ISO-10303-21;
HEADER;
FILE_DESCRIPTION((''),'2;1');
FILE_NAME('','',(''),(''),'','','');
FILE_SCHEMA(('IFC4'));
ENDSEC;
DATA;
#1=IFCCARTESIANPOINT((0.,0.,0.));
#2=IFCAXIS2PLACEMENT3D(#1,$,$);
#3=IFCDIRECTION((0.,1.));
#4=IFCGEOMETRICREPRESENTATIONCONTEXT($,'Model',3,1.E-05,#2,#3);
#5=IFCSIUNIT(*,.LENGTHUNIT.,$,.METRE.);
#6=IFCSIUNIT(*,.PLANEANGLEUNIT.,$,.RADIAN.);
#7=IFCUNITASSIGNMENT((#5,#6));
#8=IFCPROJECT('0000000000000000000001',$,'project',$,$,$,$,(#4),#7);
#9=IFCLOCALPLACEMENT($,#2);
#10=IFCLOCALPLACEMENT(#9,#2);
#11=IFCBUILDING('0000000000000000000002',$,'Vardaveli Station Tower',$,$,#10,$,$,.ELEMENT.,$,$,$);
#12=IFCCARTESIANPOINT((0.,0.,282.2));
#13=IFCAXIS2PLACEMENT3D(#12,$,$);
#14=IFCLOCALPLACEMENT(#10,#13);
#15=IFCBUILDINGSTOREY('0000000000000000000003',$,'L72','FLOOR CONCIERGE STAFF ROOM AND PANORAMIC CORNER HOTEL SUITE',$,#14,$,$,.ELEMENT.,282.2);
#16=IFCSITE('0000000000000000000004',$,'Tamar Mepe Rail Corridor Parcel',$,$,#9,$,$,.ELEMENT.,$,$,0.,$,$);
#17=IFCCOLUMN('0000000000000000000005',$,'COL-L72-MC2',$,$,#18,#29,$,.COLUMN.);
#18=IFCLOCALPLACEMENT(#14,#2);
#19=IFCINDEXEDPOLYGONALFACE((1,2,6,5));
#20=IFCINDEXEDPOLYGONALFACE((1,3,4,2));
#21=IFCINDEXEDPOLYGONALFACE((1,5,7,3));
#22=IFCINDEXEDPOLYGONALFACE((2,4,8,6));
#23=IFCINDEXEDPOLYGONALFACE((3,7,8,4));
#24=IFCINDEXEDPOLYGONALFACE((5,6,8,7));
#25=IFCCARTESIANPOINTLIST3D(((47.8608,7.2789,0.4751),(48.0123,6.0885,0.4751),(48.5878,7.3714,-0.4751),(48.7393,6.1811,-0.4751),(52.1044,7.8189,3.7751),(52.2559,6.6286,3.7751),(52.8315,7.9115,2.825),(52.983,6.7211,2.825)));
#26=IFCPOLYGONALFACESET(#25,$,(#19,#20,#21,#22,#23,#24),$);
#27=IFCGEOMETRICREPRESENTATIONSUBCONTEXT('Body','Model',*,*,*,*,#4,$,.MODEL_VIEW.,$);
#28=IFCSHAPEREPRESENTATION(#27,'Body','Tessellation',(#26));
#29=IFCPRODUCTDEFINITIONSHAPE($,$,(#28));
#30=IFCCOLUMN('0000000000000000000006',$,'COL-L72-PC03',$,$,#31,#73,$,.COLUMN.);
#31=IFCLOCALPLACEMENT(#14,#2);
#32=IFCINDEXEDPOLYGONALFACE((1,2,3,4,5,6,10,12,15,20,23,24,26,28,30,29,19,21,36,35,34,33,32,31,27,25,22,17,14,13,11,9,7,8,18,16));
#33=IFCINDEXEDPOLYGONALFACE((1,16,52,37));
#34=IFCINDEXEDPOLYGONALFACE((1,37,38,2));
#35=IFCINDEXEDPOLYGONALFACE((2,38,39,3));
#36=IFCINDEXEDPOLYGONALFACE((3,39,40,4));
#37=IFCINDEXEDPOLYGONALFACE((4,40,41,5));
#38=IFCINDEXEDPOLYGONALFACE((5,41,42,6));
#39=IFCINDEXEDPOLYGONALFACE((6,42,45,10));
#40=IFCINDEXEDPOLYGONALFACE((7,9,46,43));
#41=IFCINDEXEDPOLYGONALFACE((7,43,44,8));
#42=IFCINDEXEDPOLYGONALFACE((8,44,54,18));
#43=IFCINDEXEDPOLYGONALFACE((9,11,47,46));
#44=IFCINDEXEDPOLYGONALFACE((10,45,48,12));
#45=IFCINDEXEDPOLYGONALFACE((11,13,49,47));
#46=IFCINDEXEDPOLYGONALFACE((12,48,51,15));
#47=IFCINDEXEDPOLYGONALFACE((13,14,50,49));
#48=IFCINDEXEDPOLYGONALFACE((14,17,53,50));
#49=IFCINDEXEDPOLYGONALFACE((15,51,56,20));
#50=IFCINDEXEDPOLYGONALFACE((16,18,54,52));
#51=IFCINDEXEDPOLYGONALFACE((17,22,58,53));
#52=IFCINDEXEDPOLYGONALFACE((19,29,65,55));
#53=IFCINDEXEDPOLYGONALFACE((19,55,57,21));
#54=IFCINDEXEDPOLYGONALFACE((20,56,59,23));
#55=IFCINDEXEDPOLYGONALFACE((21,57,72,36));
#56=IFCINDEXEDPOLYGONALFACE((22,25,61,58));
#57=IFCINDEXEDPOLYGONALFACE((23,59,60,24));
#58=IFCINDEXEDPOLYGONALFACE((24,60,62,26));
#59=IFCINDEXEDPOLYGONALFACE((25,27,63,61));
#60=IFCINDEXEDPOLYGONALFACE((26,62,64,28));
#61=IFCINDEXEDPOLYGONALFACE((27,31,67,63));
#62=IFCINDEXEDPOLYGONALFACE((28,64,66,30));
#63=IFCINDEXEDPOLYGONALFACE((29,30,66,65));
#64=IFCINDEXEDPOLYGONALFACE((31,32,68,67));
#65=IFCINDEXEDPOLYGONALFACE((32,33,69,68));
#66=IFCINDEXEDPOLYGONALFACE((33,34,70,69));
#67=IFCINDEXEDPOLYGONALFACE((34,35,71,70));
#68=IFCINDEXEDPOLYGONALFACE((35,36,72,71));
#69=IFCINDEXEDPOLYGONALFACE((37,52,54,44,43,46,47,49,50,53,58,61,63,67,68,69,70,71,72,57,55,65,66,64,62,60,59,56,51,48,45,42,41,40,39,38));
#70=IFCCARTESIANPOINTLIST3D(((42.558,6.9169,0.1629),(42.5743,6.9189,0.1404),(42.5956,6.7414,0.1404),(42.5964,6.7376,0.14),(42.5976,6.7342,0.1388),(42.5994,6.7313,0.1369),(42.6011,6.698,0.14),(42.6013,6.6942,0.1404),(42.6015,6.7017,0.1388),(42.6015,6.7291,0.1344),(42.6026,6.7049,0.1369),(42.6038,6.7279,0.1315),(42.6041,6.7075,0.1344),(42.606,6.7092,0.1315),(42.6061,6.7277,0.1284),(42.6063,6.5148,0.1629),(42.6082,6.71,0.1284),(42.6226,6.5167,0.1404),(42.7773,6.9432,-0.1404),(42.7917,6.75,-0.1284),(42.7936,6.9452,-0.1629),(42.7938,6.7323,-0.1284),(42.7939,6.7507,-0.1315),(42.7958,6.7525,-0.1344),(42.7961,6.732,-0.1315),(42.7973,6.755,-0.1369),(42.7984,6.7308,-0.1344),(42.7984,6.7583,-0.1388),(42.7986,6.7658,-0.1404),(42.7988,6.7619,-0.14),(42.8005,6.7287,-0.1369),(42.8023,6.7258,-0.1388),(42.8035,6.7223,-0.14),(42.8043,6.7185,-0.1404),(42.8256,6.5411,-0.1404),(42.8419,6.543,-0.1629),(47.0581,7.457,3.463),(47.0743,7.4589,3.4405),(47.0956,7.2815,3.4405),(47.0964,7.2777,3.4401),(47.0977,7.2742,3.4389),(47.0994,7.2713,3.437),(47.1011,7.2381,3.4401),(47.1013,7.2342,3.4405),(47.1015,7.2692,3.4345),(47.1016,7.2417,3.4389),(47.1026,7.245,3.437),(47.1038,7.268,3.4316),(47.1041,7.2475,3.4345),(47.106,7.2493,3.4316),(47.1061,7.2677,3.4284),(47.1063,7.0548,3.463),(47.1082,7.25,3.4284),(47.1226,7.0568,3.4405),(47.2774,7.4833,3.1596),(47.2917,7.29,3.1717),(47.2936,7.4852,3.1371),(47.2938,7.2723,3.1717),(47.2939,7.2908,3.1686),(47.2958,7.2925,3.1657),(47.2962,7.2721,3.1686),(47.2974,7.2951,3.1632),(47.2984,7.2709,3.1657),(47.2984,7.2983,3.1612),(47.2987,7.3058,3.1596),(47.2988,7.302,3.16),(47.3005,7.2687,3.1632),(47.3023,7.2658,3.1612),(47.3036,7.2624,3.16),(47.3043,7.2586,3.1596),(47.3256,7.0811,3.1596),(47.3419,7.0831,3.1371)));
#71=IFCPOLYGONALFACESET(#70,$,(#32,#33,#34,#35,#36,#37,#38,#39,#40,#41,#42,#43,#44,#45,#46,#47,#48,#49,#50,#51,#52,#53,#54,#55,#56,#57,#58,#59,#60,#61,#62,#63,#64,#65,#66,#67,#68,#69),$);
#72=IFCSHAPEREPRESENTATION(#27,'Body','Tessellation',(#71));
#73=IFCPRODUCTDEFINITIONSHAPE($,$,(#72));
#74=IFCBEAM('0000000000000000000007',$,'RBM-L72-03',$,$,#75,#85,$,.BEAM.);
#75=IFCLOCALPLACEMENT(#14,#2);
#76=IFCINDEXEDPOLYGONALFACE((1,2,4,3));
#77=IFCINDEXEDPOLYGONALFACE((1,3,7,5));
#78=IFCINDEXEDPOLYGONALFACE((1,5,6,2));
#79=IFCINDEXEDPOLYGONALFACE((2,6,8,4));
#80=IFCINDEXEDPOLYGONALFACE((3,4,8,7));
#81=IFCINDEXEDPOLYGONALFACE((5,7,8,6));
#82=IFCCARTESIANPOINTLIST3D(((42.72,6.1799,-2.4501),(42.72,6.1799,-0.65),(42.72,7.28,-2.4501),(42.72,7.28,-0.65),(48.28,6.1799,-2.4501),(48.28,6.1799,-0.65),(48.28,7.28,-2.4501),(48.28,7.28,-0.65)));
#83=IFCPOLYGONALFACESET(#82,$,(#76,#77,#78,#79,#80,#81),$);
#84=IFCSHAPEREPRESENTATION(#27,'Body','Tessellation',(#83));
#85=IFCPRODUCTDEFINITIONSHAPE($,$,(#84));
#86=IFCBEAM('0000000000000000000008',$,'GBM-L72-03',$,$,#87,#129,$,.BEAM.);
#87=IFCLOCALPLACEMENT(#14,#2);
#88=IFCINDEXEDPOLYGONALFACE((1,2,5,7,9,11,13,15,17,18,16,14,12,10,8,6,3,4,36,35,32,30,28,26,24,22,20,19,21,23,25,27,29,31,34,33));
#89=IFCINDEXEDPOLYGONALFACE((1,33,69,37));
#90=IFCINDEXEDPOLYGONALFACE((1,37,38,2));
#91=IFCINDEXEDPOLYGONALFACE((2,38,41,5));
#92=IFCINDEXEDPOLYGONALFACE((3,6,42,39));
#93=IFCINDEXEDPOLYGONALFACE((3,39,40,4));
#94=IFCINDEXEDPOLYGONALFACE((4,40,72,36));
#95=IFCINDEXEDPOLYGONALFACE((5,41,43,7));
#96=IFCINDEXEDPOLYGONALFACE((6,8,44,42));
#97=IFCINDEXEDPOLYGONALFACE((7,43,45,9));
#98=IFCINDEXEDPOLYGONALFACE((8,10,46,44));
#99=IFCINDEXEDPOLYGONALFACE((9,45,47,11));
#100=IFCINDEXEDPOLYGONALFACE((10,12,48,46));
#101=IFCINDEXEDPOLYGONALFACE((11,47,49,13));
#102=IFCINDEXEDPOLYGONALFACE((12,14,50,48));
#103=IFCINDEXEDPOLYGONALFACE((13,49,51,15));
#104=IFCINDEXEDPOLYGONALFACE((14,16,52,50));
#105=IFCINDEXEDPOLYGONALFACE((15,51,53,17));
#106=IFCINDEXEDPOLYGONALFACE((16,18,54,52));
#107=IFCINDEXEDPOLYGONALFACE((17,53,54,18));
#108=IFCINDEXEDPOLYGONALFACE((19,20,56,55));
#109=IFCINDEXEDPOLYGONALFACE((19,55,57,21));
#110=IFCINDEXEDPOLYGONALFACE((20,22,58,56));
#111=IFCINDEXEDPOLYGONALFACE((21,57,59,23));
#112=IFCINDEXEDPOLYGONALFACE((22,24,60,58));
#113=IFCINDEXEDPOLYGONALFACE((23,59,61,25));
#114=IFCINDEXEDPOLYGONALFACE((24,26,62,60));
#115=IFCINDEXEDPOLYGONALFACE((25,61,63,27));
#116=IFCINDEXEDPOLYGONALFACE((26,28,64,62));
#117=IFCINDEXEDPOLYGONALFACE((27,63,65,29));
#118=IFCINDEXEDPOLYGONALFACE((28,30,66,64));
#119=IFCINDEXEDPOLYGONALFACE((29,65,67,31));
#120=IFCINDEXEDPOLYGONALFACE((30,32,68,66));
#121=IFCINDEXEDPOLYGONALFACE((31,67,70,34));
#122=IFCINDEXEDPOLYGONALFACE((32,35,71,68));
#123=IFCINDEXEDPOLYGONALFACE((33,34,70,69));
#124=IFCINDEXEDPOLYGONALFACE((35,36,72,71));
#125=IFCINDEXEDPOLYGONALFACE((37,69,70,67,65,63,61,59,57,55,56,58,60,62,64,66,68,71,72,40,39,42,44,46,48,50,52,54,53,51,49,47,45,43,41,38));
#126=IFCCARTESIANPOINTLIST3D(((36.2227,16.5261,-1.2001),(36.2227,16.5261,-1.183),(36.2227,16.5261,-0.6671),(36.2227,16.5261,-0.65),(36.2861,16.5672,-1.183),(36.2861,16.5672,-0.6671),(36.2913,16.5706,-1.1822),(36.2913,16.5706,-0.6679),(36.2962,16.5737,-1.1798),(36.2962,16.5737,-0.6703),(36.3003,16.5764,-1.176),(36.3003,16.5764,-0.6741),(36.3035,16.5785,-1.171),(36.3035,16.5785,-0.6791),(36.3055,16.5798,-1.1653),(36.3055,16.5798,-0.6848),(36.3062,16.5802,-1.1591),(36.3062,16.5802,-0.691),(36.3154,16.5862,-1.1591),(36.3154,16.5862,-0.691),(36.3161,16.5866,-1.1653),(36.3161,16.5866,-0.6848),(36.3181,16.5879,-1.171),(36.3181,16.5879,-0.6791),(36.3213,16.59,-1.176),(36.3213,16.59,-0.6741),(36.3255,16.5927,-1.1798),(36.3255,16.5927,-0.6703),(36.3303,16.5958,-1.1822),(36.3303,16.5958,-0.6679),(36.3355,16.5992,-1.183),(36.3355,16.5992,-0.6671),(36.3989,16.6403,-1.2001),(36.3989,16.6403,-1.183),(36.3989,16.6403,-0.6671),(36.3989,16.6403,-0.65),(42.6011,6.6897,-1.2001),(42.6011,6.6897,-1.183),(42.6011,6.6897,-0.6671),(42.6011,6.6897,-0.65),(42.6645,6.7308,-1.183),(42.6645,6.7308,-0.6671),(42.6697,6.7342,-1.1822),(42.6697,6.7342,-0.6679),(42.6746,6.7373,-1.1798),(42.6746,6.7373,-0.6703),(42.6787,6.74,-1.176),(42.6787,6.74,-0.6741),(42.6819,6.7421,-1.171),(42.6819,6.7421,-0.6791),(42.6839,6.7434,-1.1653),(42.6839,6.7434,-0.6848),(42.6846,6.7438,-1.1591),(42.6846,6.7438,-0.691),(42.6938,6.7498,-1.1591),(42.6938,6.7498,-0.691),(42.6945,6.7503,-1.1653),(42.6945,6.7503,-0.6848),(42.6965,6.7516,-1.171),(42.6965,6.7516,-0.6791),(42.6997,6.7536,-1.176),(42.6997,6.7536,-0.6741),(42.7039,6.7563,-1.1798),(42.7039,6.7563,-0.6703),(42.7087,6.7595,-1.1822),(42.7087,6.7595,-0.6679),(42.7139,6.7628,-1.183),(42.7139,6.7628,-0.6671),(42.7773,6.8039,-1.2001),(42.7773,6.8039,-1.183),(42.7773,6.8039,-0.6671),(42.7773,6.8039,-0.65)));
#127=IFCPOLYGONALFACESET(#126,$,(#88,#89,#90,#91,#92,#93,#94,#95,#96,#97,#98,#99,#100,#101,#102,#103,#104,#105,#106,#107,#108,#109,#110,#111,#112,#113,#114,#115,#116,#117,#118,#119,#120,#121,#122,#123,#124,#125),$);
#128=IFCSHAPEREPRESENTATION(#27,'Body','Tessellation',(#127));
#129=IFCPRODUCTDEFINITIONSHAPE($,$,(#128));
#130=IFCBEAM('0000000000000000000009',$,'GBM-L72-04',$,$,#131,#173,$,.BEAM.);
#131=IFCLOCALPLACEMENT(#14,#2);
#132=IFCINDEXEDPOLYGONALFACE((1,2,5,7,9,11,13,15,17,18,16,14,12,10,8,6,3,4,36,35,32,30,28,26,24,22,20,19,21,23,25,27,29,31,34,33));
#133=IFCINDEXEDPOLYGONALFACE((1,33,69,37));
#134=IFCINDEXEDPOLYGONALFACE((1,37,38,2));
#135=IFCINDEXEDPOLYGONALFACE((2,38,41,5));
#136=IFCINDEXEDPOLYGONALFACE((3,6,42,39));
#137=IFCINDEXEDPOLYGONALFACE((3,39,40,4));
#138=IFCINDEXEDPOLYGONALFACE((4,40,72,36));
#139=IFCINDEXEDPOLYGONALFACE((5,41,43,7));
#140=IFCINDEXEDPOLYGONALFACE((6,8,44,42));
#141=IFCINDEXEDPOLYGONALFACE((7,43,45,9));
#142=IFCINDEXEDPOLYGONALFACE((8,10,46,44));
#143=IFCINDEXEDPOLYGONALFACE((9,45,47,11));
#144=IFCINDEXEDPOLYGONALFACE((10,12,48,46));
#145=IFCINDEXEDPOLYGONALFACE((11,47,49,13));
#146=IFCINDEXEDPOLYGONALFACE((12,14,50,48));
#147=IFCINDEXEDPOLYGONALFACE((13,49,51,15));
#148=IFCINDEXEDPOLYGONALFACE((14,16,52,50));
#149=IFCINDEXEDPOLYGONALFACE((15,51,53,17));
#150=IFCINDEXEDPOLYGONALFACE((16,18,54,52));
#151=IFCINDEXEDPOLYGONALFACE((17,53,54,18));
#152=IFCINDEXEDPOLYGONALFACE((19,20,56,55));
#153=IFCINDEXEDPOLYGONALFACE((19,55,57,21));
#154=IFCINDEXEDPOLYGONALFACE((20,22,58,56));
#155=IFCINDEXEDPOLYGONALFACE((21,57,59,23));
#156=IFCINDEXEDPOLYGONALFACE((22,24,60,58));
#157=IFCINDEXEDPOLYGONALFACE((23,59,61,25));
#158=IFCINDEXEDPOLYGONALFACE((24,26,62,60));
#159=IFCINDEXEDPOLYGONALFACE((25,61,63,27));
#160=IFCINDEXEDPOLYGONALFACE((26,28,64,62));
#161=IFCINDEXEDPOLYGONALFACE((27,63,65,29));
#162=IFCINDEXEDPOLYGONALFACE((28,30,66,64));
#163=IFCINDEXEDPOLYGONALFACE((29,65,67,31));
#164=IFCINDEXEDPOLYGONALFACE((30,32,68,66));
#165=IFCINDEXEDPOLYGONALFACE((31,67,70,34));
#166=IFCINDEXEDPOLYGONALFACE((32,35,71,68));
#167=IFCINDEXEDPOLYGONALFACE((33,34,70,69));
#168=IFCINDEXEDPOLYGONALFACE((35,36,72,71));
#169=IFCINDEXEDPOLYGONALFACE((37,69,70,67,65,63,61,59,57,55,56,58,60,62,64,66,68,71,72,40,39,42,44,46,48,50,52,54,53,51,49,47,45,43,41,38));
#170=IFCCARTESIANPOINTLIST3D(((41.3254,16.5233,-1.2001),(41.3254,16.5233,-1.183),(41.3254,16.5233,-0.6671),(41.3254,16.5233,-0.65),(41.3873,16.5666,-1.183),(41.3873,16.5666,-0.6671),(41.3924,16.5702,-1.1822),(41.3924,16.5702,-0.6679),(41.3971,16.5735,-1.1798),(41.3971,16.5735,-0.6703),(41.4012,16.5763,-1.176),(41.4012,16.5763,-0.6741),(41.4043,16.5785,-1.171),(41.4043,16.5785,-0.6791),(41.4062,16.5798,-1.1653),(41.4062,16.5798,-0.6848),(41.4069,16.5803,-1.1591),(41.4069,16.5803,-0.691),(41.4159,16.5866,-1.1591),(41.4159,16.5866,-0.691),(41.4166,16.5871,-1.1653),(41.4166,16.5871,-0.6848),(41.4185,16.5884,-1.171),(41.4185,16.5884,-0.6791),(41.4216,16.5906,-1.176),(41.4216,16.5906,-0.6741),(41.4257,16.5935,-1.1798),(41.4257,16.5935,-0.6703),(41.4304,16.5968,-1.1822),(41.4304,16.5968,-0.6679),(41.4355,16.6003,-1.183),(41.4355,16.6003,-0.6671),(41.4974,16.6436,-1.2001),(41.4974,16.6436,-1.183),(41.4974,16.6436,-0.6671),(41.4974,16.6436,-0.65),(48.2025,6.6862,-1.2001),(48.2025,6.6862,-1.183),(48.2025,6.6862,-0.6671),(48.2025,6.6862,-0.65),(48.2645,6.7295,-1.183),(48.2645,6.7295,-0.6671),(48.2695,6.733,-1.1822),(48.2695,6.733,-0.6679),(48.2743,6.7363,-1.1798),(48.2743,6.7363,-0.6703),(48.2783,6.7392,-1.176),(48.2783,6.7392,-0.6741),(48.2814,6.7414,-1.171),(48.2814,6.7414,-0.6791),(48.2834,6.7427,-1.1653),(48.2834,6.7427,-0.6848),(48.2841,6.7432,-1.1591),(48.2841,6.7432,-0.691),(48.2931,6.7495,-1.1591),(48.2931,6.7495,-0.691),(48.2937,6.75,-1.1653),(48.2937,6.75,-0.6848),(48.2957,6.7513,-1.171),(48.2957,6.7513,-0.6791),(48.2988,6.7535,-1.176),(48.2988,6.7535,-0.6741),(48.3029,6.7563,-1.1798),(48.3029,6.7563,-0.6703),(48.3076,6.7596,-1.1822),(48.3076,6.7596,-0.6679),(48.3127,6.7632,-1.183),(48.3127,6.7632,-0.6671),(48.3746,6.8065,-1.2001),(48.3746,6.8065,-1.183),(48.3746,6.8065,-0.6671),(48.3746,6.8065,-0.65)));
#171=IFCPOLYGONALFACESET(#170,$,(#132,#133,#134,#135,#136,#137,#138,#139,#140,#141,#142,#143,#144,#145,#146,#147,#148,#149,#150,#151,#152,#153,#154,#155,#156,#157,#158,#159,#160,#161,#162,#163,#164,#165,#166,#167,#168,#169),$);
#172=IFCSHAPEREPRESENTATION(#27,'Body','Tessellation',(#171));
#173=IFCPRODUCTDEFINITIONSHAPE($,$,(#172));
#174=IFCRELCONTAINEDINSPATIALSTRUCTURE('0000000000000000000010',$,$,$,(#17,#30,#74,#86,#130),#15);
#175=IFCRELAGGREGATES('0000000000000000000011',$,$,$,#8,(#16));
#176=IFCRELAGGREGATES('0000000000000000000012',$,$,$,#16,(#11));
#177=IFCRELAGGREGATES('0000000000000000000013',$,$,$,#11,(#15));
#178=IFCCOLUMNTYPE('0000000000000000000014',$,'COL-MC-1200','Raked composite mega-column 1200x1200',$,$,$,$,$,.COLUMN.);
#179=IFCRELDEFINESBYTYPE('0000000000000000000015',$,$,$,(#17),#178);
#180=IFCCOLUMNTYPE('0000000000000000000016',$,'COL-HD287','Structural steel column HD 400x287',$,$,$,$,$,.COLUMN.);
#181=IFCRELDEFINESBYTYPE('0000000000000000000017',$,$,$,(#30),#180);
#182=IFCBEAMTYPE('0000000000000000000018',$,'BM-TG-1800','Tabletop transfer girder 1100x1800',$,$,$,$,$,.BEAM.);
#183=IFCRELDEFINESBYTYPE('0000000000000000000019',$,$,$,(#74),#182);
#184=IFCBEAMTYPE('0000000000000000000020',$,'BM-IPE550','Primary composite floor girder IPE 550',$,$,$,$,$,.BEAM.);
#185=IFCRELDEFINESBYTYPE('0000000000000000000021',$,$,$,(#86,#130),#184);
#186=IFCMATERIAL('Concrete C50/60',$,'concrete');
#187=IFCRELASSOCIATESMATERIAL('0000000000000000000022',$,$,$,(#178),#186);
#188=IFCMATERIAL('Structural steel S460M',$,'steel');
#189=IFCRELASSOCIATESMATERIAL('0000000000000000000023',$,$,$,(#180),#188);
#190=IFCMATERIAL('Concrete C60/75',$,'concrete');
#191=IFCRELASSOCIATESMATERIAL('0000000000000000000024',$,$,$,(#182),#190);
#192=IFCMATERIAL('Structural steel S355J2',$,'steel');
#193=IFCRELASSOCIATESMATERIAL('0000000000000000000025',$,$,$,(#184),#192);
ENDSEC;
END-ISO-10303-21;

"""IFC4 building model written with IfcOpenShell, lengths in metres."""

from ifc_helpers import new_model, si_unit, direction, frame, origin, origin_2d, place, context, subcontext, project, spatial, rectangle, i_section, extrude, source, transform, mapped, material, material_profile, profile_set, type_object, element, save


model = new_model("IFC4")

# Units and contexts
model_context = context("Model", 3, precision=1e-05, world=origin(), true_north=direction((0.0, 1.0)))
body_context = subcontext(model_context, "Body", "Model", "MODEL_VIEW")
ifc_project = project(units=[si_unit("LENGTHUNIT", "METRE"), si_unit("PLANEANGLEUNIT", "RADIAN")], contexts=[model_context])

# Site, building, storey
site_placement = place(None, origin())
site = spatial("IfcSite", under=ifc_project, at=site_placement, Name="Tamar Mepe Rail Corridor Parcel", CompositionType="ELEMENT", RefElevation=0.0)
building_placement = place(site_placement, origin())
building = spatial("IfcBuilding", under=site, at=building_placement, Name="Vardaveli Station Tower", CompositionType="ELEMENT")
storey_placement = place(building_placement, frame((0.0, 0.0, 282.2)))
storey = spatial("IfcBuildingStorey", under=building, at=storey_placement, Name="L72", Description="FLOOR CONCIERGE STAFF ROOM AND PANORAMIC CORNER HOTEL SUITE", CompositionType="ELEMENT", Elevation=282.2)

# Columns
ifc_material_1 = material(Name="Concrete C50/60", Category="concrete")
ifc_material_profile_1 = material_profile(ifc_material_1, rectangle(XDim=1.2, YDim=1.2, at=origin_2d()), Name="MC 1200x1200")
ifc_profile_set_1 = profile_set([ifc_material_profile_1], Name="Concrete C50/60")
column_type_1 = type_object("IfcColumnType", Name="COL-MC-1200", Description="Raked composite mega-column 1200x1200", PredefinedType="COLUMN", material=ifc_profile_set_1)
shared_shape_1 = source(origin(), body_context, "Body", "SweptSolid", [
    extrude(rectangle(XDim=1.2, YDim=1.2, at=origin_2d()), origin(), (0.0, 0.0, 1.0), 5.4028),
])
column_1_placement = place(storey_placement, frame((48.3, 6.73, 0.0), z_axis=(0.78545, 0.099955, 0.6108), x_axis=(-0.12624, 0.992, 0.0)))
element("IfcColumn", 1, at=column_1_placement, inside=storey, type_object=column_type_1, Name="COL-L72-MC2", PredefinedType="COLUMN", context=body_context, shape_type="MappedRepresentation", body=[
    mapped(shared_shape_1, transform((0.0, 0.0, 0.0), scale=1.0)),
])
ifc_material_2 = material(Name="Structural steel S460M", Category="steel")
ifc_material_profile_2 = material_profile(ifc_material_2, i_section(OverallWidth=0.405, OverallDepth=0.4031, WebThickness=0.0178, FlangeThickness=0.0278, FilletRadius=0.0149, at=origin_2d()), Name="HD 400x287")
ifc_profile_set_2 = profile_set([ifc_material_profile_2], Name="Structural steel S460M")
column_type_2 = type_object("IfcColumnType", Name="COL-HD287", Description="Structural steel column HD 400x287", PredefinedType="COLUMN", material=ifc_profile_set_2)
shared_shape_2 = source(origin(), body_context, "Body", "SweptSolid", [
    extrude(i_section(OverallWidth=0.405, OverallDepth=0.4031, WebThickness=0.0178, FlangeThickness=0.0278, FilletRadius=0.0149, at=origin_2d()), origin(), (0.0, 0.0, 1.0), 5.6064),
])
column_2_placement = place(storey_placement, frame((42.7, 6.73, 0.0), z_axis=(0.802651, 0.096325, 0.588619), x_axis=(-0.119154, 0.992876, 0.0)))
element("IfcColumn", 2, at=column_2_placement, inside=storey, type_object=column_type_2, Name="COL-L72-PC03", PredefinedType="COLUMN", context=body_context, shape_type="MappedRepresentation", body=[
    mapped(shared_shape_2, transform((0.0, 0.0, 0.0), scale=1.0)),
])

# Beams
ifc_material_3 = material(Name="Concrete C60/75", Category="concrete")
ifc_material_profile_3 = material_profile(ifc_material_3, rectangle(XDim=1.1001, YDim=1.8, at=origin_2d()), Name="TG 1100x1800")
ifc_profile_set_3 = profile_set([ifc_material_profile_3], Name="Concrete C60/75")
beam_type_1 = type_object("IfcBeamType", Name="BM-TG-1800", Description="Tabletop transfer girder 1100x1800", PredefinedType="BEAM", material=ifc_profile_set_3)
shared_shape_3 = source(origin(), body_context, "Body", "SweptSolid", [
    extrude(rectangle(XDim=1.1001, YDim=1.8, at=origin_2d()), origin(), (0.0, 0.0, 1.0), 5.5601),
])
beam_1_placement = place(storey_placement, frame((42.72, 6.73, -1.55), z_axis=(1.0, 0.0, 0.0), x_axis=(0.0, 1.0, 0.0)))
element("IfcBeam", 3, at=beam_1_placement, inside=storey, type_object=beam_type_1, Name="RBM-L72-03", PredefinedType="BEAM", context=body_context, shape_type="MappedRepresentation", body=[
    mapped(shared_shape_3, transform((0.0, 0.0, 0.0), scale=1.0)),
])
ifc_material_4 = material(Name="Structural steel S355J2", Category="steel")
ifc_material_profile_4 = material_profile(ifc_material_4, i_section(OverallWidth=0.21, OverallDepth=0.55, WebThickness=0.011, FlangeThickness=0.0171, FilletRadius=0.0239, at=origin_2d()), Name="IPE 550")
ifc_profile_set_4 = profile_set([ifc_material_profile_4], Name="Structural steel S355J2")
beam_type_2 = type_object("IfcBeamType", Name="BM-IPE550", Description="Primary composite floor girder IPE 550", PredefinedType="BEAM", material=ifc_profile_set_4)
shared_shape_4 = source(origin(), body_context, "Body", "SweptSolid", [
    extrude(i_section(OverallWidth=0.21, OverallDepth=0.55, WebThickness=0.011, FlangeThickness=0.0171, FilletRadius=0.0239, at=origin_2d()), origin(), (0.0, 0.0, 1.0), 11.7234),
])
beam_2_placement = place(storey_placement, frame((42.6892, 6.7468, -0.925), z_axis=(-0.544073, 0.839038, 0.0), x_axis=(-0.839038, -0.544073, 0.0)))
element("IfcBeam", 4, at=beam_2_placement, inside=storey, type_object=beam_type_2, Name="GBM-L72-03", PredefinedType="BEAM", context=body_context, shape_type="MappedRepresentation", body=[
    mapped(shared_shape_4, transform((0.0, 0.0, 0.0), scale=1.0)),
])
shared_shape_5 = source(origin(), body_context, "Body", "SweptSolid", [
    extrude(i_section(OverallWidth=0.21, OverallDepth=0.55, WebThickness=0.011, FlangeThickness=0.0171, FilletRadius=0.0239, at=origin_2d()), origin(), (0.0, 0.0, 1.0), 12.0027),
])
beam_3_placement = place(storey_placement, frame((48.2886, 6.7463, -0.925), z_axis=(-0.572969, 0.819577, 0.0), x_axis=(-0.819577, -0.572969, 0.0)))
element("IfcBeam", 5, at=beam_3_placement, inside=storey, type_object=beam_type_2, Name="GBM-L72-04", PredefinedType="BEAM", context=body_context, shape_type="MappedRepresentation", body=[
    mapped(shared_shape_5, transform((0.0, 0.0, 0.0), scale=1.0)),
])

save(model, "model.ifc")
